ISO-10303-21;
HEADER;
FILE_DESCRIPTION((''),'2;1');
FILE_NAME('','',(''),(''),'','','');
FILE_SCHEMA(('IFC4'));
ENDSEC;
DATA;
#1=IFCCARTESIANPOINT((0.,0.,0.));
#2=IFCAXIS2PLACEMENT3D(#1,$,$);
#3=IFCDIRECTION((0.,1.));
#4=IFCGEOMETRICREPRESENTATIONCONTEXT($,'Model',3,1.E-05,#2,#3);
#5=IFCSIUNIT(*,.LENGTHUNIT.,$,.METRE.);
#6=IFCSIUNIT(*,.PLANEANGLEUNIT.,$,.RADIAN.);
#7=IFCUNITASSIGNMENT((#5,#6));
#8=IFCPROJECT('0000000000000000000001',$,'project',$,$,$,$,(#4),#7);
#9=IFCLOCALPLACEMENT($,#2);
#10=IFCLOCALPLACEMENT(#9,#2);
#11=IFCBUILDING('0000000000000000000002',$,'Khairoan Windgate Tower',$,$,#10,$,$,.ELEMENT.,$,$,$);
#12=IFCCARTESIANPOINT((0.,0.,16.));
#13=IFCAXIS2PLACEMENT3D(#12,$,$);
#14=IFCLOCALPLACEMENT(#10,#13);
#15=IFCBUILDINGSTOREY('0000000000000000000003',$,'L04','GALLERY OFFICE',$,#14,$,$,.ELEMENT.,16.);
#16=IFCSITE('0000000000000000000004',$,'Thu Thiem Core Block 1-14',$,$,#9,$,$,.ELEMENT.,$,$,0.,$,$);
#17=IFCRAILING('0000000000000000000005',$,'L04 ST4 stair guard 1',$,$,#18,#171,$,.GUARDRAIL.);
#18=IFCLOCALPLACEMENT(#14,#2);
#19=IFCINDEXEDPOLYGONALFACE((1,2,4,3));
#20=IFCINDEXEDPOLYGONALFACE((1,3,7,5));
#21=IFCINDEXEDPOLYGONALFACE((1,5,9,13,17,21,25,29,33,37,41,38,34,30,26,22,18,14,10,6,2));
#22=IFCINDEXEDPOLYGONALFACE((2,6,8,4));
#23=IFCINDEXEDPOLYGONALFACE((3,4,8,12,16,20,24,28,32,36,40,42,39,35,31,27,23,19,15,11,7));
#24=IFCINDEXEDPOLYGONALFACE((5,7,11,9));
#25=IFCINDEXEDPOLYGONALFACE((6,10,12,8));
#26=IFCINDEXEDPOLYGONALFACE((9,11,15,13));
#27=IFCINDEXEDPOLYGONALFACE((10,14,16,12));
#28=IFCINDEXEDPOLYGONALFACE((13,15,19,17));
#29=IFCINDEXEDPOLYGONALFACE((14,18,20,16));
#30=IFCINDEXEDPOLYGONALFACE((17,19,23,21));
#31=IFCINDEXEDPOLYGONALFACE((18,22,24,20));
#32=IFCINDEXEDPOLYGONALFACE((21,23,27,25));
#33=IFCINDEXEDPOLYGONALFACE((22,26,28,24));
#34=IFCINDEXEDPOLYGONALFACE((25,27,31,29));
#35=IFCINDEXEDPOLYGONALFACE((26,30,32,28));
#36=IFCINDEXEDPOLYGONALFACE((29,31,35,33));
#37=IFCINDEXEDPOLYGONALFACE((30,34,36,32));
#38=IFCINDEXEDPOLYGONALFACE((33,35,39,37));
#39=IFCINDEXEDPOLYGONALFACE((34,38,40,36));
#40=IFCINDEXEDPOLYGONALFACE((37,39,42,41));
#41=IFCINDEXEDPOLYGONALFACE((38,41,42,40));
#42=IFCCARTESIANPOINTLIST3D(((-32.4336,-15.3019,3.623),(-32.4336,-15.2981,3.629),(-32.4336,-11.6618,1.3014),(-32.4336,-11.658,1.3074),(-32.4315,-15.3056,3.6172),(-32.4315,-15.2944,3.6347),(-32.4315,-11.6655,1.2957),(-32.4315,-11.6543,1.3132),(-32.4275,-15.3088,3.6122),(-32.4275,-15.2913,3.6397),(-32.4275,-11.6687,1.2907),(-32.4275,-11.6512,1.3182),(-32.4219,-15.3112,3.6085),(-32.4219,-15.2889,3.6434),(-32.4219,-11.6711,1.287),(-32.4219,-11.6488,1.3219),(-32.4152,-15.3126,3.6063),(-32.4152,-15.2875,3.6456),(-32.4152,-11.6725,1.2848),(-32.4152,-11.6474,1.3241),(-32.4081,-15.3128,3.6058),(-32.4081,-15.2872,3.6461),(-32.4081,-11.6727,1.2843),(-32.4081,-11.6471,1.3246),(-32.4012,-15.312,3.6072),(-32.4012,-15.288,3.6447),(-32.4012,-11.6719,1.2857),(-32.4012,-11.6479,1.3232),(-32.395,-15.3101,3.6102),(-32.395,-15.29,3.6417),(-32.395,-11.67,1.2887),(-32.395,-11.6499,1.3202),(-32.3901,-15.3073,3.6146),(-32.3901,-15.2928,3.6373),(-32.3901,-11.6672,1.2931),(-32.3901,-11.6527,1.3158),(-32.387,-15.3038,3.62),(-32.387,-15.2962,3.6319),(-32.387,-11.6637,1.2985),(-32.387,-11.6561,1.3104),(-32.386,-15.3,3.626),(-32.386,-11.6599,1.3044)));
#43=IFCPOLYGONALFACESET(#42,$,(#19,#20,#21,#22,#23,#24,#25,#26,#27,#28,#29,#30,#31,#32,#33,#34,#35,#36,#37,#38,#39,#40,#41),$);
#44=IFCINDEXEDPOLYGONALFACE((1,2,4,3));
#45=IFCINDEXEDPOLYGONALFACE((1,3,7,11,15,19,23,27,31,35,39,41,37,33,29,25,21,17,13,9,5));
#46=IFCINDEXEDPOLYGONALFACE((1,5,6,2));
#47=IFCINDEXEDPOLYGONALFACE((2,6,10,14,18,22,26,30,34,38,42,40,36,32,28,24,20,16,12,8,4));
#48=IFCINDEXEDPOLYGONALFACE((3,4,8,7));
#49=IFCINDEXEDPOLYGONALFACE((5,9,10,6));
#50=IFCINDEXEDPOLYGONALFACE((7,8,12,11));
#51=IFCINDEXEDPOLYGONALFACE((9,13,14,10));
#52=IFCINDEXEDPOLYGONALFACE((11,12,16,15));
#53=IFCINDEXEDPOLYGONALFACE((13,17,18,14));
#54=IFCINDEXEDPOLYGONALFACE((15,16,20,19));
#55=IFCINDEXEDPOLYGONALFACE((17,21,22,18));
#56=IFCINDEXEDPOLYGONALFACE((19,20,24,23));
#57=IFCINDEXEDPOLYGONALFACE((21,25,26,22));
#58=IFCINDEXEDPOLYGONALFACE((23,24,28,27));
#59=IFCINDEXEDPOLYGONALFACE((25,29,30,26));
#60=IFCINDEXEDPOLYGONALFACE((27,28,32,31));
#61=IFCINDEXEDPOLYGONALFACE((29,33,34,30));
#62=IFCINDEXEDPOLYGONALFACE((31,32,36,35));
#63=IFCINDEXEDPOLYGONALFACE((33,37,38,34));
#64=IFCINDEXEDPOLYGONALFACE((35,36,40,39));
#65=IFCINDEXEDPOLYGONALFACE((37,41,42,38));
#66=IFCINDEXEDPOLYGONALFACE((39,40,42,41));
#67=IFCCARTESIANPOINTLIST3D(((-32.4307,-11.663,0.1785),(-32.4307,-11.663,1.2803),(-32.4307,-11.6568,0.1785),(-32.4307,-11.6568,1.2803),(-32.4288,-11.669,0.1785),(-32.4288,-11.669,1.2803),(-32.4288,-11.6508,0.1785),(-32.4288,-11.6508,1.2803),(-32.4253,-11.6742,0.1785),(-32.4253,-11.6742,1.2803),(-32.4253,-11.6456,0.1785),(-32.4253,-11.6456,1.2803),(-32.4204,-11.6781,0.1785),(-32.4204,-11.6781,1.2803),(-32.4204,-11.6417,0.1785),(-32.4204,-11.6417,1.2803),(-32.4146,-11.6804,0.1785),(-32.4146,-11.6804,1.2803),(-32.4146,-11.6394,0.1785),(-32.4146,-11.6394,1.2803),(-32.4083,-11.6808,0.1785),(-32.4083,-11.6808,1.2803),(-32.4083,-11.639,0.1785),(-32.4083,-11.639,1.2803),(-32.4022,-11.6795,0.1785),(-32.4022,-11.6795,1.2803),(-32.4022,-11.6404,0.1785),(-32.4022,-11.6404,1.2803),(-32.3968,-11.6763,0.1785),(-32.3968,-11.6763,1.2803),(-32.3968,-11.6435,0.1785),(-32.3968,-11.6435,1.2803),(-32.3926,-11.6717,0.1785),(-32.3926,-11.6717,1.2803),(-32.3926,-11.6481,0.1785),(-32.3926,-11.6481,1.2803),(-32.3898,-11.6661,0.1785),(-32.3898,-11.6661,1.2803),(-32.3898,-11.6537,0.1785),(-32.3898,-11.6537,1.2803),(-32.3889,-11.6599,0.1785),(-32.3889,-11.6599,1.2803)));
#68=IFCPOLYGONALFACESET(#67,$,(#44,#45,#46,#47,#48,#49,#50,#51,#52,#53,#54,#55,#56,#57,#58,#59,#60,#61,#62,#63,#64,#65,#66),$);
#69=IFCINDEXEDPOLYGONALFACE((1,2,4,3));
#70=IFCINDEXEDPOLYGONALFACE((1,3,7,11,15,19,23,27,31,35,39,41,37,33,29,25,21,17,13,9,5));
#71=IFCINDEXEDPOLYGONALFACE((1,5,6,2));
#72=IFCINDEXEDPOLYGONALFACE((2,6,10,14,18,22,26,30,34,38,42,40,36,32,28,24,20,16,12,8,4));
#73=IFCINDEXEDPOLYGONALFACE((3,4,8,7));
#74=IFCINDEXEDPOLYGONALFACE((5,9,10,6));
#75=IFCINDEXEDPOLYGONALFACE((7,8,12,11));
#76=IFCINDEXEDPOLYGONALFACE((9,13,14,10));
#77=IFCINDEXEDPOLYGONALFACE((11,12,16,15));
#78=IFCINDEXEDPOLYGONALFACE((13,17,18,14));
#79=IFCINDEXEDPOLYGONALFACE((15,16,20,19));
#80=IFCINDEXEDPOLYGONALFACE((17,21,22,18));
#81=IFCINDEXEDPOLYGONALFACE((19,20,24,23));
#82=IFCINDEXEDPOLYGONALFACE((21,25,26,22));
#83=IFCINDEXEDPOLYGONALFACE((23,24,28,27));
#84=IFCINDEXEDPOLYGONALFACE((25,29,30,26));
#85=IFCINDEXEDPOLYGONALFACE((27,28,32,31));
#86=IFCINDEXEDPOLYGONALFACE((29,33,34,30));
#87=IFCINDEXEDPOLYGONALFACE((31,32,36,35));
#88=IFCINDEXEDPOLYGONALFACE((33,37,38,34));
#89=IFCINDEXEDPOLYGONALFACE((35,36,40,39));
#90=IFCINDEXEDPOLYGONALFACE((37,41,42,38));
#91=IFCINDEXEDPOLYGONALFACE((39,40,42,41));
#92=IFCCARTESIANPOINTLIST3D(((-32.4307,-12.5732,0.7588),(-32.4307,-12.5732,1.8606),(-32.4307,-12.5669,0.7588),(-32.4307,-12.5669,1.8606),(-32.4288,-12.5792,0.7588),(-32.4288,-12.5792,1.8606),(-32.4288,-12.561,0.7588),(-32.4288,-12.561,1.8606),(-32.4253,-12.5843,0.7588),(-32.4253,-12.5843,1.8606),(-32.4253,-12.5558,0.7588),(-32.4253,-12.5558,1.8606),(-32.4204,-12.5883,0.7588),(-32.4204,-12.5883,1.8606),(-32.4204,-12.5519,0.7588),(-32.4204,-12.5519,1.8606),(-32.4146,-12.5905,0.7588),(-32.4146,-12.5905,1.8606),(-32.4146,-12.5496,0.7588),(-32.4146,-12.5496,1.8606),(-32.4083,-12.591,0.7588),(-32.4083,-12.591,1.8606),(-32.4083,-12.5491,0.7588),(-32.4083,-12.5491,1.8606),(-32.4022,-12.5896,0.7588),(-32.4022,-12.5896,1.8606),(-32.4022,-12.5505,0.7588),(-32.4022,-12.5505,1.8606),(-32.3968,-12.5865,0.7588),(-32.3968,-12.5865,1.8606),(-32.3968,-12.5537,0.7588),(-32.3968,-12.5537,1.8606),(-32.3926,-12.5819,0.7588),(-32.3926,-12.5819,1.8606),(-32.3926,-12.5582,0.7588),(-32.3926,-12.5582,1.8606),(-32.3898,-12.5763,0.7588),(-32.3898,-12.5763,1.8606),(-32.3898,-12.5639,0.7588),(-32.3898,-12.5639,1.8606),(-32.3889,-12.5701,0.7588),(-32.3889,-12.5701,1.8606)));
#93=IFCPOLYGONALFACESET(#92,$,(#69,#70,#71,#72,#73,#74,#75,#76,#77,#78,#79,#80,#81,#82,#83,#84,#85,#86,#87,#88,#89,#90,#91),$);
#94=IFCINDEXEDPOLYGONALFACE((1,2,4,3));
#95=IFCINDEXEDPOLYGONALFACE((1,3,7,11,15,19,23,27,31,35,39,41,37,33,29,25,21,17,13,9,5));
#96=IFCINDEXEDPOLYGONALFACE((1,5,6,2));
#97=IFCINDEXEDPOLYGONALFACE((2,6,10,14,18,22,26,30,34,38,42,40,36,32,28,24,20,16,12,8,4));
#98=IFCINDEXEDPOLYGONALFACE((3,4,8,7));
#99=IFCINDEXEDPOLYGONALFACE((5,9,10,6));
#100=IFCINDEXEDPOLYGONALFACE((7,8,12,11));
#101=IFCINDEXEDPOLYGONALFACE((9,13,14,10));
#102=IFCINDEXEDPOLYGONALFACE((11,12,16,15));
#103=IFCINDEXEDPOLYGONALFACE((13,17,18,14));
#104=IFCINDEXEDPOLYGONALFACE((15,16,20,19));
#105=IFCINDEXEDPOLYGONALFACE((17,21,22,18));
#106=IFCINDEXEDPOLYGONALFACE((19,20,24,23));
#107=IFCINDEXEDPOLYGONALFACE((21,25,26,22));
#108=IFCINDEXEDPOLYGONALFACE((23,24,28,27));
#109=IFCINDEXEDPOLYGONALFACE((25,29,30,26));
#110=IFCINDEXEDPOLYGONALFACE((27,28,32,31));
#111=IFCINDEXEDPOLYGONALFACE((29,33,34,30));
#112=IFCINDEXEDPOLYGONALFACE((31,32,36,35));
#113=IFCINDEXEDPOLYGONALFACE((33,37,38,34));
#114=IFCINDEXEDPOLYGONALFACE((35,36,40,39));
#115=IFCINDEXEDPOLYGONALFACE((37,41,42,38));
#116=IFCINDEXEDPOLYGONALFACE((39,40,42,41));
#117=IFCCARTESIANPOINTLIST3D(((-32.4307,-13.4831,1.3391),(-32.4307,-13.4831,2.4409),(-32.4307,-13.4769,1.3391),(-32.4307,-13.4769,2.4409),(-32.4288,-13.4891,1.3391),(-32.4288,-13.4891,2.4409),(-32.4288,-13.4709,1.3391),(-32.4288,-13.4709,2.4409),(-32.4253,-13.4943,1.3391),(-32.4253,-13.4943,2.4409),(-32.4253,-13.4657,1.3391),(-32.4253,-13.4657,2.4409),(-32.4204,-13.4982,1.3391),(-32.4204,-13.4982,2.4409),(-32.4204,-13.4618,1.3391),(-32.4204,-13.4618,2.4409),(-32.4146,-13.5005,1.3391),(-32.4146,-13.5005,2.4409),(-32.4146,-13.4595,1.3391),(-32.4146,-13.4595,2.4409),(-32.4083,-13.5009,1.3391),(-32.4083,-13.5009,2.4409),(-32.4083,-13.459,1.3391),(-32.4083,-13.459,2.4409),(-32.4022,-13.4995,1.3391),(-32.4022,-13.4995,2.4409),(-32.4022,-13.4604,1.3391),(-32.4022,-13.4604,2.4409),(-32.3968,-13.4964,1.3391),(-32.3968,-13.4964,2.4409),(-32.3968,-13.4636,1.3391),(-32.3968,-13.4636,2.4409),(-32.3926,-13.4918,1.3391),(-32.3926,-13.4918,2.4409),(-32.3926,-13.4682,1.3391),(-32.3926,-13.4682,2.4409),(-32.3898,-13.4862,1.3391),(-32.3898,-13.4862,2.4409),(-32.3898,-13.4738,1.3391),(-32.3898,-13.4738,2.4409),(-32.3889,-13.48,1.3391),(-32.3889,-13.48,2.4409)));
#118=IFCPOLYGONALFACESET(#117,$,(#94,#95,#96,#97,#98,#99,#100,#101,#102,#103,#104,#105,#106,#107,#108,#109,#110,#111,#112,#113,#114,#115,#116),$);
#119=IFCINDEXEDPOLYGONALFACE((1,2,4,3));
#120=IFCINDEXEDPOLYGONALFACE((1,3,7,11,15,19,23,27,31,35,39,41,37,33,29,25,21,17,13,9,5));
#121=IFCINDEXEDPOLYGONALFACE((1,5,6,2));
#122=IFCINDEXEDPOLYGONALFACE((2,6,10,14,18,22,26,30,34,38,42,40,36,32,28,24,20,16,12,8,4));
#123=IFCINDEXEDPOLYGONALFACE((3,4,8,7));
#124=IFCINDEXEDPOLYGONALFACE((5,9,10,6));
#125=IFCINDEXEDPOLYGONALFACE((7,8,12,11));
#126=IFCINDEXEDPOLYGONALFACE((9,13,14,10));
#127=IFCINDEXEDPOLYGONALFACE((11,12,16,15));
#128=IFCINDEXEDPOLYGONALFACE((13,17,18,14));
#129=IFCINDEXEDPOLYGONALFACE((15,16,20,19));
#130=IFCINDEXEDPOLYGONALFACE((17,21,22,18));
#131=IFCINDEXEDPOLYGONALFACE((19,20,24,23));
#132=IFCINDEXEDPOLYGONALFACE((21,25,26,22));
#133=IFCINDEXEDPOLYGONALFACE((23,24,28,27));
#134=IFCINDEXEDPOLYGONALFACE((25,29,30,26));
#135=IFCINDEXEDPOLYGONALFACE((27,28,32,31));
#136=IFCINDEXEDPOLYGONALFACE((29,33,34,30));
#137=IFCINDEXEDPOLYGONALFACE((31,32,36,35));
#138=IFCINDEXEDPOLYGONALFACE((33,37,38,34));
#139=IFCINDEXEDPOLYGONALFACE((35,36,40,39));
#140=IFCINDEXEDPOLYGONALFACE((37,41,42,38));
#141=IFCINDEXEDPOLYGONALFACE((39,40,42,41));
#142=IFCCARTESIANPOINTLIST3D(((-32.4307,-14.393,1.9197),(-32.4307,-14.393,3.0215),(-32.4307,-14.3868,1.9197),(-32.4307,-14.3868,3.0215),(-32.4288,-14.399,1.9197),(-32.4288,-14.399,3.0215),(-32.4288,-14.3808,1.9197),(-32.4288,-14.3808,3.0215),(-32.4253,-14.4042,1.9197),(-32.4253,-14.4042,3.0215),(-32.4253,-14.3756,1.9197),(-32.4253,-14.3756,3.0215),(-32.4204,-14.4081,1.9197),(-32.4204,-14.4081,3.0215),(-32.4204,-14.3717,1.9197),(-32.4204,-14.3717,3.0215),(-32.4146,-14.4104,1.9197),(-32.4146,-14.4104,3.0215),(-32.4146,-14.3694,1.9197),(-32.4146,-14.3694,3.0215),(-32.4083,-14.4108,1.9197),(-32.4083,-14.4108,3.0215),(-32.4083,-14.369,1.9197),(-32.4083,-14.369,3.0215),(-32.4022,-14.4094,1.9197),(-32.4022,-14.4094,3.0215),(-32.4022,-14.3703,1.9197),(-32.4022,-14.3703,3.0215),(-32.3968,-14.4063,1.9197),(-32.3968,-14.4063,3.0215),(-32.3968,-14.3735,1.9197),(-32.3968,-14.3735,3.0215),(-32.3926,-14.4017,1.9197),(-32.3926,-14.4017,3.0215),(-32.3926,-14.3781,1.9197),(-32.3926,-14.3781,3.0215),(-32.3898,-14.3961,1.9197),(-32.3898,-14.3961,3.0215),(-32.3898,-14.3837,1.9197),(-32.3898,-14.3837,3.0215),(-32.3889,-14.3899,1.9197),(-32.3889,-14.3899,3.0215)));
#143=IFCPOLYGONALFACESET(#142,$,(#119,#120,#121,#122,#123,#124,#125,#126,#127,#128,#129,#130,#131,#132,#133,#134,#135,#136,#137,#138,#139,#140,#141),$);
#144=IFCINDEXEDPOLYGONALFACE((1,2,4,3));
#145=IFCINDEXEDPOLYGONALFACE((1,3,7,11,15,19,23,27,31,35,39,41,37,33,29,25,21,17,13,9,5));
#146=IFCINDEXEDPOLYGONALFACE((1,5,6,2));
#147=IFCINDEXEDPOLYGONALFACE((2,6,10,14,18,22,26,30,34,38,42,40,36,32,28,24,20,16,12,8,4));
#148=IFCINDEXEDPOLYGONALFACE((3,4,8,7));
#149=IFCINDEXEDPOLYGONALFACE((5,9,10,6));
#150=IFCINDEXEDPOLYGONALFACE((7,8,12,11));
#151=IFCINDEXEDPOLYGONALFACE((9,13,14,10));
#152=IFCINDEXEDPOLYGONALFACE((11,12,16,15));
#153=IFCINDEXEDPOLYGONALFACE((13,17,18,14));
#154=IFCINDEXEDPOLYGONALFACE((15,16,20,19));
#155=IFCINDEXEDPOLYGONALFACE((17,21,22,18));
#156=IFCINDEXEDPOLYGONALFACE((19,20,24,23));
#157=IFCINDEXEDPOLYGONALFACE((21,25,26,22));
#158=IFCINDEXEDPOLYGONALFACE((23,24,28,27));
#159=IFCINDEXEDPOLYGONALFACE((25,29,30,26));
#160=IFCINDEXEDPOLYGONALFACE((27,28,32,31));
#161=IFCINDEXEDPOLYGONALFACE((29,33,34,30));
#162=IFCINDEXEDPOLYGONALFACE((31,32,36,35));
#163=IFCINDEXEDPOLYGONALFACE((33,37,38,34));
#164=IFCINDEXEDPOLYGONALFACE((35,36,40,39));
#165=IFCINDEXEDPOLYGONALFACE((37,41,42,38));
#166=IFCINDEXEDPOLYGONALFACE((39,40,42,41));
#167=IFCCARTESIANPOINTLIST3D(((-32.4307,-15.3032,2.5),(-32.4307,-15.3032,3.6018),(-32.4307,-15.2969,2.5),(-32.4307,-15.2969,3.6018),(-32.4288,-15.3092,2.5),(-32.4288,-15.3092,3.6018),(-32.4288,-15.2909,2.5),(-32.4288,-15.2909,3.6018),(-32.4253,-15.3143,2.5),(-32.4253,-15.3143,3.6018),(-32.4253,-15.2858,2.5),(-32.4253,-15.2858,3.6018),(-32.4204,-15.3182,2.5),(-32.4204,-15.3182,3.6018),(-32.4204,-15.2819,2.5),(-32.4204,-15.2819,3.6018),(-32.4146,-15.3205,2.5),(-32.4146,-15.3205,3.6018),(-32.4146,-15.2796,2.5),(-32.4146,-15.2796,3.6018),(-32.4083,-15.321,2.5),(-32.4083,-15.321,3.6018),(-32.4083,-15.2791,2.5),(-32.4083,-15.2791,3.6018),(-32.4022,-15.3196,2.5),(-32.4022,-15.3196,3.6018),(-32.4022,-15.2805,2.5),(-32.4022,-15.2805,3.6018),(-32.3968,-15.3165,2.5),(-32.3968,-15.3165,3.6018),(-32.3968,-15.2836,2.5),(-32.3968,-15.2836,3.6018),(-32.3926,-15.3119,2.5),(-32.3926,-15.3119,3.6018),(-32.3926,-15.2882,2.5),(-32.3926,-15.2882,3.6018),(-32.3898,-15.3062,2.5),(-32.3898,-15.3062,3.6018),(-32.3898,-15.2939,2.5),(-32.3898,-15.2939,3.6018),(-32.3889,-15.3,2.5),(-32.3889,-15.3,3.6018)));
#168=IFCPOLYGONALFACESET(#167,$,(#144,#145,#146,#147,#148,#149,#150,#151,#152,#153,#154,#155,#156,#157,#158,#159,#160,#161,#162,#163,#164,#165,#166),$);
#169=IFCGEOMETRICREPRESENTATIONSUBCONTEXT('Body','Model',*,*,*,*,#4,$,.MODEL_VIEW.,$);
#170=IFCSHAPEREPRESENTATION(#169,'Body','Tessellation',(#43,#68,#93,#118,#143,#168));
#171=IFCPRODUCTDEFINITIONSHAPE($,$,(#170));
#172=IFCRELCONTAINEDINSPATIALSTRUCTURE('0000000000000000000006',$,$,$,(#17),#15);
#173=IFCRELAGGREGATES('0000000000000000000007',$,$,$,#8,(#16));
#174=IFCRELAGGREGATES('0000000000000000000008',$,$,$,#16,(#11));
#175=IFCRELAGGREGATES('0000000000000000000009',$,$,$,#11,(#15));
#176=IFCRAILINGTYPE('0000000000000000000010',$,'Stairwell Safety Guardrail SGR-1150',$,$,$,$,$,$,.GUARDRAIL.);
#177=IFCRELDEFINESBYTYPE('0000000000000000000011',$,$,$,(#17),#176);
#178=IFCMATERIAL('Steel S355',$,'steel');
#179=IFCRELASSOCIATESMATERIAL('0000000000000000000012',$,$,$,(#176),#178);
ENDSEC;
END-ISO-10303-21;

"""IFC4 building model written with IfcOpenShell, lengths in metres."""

from ifc_helpers import new_model, si_unit, direction, frame, origin, origin_2d, place, context, subcontext, project, spatial, circle, extrude, material, type_object, element, save


model = new_model("IFC4")

# Units and contexts
model_context = context("Model", 3, precision=1e-05, world=origin(), true_north=direction((0.0, 1.0)))
body_context = subcontext(model_context, "Body", "Model", "MODEL_VIEW")
ifc_project = project(units=[si_unit("LENGTHUNIT", "METRE"), si_unit("PLANEANGLEUNIT", "RADIAN")], contexts=[model_context])

# Site, building, storey
site_placement = place(None, origin())
site = spatial("IfcSite", under=ifc_project, at=site_placement, Name="Thu Thiem Core Block 1-14", CompositionType="ELEMENT", RefElevation=0.0)
building_placement = place(site_placement, origin())
building = spatial("IfcBuilding", under=site, at=building_placement, Name="Khairoan Windgate Tower", CompositionType="ELEMENT")
storey_placement = place(building_placement, frame((0.0, 0.0, 16.0)))
storey = spatial("IfcBuildingStorey", under=building, at=storey_placement, Name="L04", Description="GALLERY OFFICE", CompositionType="ELEMENT", Elevation=16.0)

# Railing
ifc_material_1 = material(Name="Steel S355", Category="steel")
railing_type = type_object("IfcRailingType", Name="Stairwell Safety Guardrail SGR-1150", PredefinedType="GUARDRAIL", material=ifc_material_1)
railing_1_placement = place(storey_placement, frame((-32.4099, -11.6599, 0.1785)))
element("IfcRailing", 1, at=railing_1_placement, inside=storey, type_object=railing_type, Name="L04 ST4 stair guard 1", PredefinedType="GUARDRAIL", context=body_context, shape_type="SweptSolid", body=[
    extrude(circle(Radius=0.0239, at=origin_2d()), frame((0.0, 0.0, 1.126), z_axis=(0.0, -0.843128, 0.537713), x_axis=(1.0, 0.0, 0.0)), (0.0, 0.0, 1.0), 4.3174),
    extrude(circle(Radius=0.021, at=origin_2d()), origin(), (0.0, 0.0, 1.0), 1.1018),
    extrude(circle(Radius=0.021, at=origin_2d()), frame((0.0, -0.9102, 0.5803)), (0.0, 0.0, 1.0), 1.1018),
    extrude(circle(Radius=0.021, at=origin_2d()), frame((0.0, -1.8201, 1.1606)), (0.0, 0.0, 1.0), 1.1018),
    extrude(circle(Radius=0.021, at=origin_2d()), frame((0.0, -2.73, 1.7412)), (0.0, 0.0, 1.0), 1.1018),
    extrude(circle(Radius=0.021, at=origin_2d()), frame((0.0, -3.6401, 2.3215)), (0.0, 0.0, 1.0), 1.1018),
])

save(model, "model.ifc")
